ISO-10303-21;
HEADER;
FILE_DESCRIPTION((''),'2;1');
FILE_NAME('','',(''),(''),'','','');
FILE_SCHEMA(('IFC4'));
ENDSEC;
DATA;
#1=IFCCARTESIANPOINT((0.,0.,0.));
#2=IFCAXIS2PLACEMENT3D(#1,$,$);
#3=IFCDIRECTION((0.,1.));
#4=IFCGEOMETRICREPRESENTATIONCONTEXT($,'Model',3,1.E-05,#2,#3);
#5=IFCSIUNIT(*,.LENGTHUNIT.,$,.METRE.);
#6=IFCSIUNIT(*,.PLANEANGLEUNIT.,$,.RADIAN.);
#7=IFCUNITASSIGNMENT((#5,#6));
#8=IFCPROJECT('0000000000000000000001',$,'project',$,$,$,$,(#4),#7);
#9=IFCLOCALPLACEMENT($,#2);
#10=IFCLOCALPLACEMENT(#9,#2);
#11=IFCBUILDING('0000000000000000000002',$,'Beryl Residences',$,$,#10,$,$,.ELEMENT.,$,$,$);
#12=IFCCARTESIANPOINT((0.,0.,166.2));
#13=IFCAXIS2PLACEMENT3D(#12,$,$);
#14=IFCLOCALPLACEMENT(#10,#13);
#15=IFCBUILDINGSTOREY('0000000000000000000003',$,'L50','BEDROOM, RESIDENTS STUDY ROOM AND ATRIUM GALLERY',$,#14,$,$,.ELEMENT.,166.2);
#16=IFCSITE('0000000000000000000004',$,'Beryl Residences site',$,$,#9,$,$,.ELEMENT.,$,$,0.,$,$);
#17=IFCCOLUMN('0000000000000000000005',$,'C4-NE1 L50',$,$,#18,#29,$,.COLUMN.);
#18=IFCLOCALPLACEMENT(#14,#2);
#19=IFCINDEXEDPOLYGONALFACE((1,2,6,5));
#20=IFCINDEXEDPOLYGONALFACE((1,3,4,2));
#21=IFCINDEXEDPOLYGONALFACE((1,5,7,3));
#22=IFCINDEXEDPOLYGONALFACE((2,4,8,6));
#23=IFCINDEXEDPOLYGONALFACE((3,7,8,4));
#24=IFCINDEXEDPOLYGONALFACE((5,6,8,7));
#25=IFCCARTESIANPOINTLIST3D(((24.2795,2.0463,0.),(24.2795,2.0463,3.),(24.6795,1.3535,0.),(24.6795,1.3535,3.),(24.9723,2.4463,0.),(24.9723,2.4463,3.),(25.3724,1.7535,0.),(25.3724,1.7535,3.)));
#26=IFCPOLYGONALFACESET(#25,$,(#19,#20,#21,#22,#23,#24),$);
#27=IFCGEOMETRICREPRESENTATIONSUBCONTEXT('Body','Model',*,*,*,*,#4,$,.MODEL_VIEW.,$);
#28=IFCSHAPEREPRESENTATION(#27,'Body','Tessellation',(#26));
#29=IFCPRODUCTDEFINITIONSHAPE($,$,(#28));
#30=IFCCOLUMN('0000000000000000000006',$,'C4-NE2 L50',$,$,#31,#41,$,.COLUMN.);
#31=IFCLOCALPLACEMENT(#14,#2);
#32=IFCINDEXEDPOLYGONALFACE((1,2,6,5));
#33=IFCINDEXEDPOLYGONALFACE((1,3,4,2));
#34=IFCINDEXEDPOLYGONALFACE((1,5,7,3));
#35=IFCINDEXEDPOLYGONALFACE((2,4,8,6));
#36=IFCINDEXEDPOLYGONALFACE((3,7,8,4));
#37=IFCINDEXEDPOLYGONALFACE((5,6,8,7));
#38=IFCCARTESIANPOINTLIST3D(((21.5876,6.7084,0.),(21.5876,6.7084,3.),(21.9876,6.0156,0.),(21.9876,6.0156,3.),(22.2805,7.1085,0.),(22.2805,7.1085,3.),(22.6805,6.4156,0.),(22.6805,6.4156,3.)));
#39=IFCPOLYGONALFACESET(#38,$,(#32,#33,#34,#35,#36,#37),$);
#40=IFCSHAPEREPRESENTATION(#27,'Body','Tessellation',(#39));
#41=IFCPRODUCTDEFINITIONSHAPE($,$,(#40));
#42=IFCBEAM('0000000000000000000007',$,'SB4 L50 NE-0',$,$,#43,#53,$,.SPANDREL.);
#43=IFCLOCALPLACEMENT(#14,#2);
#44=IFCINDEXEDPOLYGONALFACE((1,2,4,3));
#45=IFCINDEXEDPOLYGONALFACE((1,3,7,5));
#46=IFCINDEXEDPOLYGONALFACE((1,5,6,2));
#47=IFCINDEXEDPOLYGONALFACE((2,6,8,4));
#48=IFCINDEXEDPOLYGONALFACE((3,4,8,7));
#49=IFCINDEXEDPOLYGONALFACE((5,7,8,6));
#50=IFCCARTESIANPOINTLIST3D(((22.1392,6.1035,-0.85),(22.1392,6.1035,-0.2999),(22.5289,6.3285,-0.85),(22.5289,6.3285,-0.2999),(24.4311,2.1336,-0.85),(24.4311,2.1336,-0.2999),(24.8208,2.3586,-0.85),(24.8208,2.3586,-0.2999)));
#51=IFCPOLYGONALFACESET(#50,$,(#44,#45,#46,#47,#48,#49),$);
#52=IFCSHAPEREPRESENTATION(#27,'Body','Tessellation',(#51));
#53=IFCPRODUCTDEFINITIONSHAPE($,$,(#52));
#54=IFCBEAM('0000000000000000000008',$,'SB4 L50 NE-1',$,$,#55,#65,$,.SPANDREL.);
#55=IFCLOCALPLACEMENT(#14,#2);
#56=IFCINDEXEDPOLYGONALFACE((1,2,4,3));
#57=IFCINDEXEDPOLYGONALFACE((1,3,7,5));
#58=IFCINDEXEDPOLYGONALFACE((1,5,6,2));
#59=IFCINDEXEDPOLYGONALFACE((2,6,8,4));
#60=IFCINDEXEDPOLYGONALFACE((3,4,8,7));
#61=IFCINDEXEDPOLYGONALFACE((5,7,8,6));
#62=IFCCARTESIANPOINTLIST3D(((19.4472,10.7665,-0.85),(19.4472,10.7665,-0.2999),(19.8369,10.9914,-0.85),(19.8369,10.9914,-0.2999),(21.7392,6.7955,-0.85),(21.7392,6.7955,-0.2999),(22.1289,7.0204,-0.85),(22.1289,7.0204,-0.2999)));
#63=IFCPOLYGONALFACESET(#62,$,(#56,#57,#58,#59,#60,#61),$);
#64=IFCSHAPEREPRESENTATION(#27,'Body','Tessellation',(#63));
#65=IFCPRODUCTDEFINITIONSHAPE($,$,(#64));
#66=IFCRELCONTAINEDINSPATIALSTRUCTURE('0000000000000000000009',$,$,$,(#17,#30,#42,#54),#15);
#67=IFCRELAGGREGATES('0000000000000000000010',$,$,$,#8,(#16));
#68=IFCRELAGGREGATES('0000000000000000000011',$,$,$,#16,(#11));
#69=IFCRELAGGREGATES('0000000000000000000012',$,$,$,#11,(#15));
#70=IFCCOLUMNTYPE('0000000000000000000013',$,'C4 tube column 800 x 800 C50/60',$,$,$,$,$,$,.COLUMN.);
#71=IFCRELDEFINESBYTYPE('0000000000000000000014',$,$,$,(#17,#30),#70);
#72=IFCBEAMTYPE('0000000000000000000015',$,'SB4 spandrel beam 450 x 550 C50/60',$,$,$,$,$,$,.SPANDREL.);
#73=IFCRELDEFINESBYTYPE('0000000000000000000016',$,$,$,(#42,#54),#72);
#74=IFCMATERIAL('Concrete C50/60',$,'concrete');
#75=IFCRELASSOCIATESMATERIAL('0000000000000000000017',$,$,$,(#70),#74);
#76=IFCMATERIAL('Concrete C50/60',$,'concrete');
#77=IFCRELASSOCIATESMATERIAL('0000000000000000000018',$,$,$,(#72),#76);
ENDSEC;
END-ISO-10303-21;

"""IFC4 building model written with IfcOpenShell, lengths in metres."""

from ifc_helpers import new_model, si_unit, direction, frame, origin, origin_2d, place, context, subcontext, project, spatial, rectangle, extrude, material, material_profile, profile_set, type_object, element, save


model = new_model("IFC4")

# Units and contexts
model_context = context("Model", 3, precision=1e-05, world=origin(), true_north=direction((0.0, 1.0)))
body_context = subcontext(model_context, "Body", "Model", "MODEL_VIEW")
ifc_project = project(units=[si_unit("LENGTHUNIT", "METRE"), si_unit("PLANEANGLEUNIT", "RADIAN")], contexts=[model_context])

# Site, building, storey
site_placement = place(None, origin())
site = spatial("IfcSite", under=ifc_project, at=site_placement, Name="Beryl Residences site", CompositionType="ELEMENT", RefElevation=0.0)
building_placement = place(site_placement, origin())
building = spatial("IfcBuilding", under=site, at=building_placement, Name="Beryl Residences", CompositionType="ELEMENT")
storey_placement = place(building_placement, frame((0.0, 0.0, 166.2)))
storey = spatial("IfcBuildingStorey", under=building, at=storey_placement, Name="L50", Description="BEDROOM, RESIDENTS STUDY ROOM AND ATRIUM GALLERY", CompositionType="ELEMENT", Elevation=166.2)

# Columns
ifc_material_1 = material(Name="Concrete C50/60", Category="concrete")
ifc_material_profile_1 = material_profile(ifc_material_1, rectangle(XDim=0.8, YDim=0.8, at=origin_2d()))
ifc_profile_set_1 = profile_set([ifc_material_profile_1], Name="Concrete C50/60")
column_type = type_object("IfcColumnType", Name="C4 tube column 800 x 800 C50/60", PredefinedType="COLUMN", material=ifc_profile_set_1)
for number, where, z_axis, x_axis, name in (
    (1, (24.8259, 1.8999, 0.0), (0.0, 0.0, 1.0), (-0.5, 0.866025, 0.0), "C4-NE1 L50"),
    (2, (22.134, 6.562, 0.0), (0.0, 0.0, 1.0), (-0.5, 0.866025, 0.0), "C4-NE2 L50"),
):
    element("IfcColumn", number, at=place(storey_placement, frame(where, z_axis=z_axis, x_axis=x_axis)), inside=storey, type_object=column_type, Name=name, PredefinedType="COLUMN", context=body_context, shape_type="SweptSolid", body=[
        extrude(rectangle(XDim=0.8, YDim=0.8, at=origin_2d()), origin(), (0.0, 0.0, 1.0), 3.0),
    ])

# Beams
ifc_material_2 = material(Name="Concrete C50/60", Category="concrete")
ifc_material_profile_2 = material_profile(ifc_material_2, rectangle(XDim=0.45, YDim=0.55, at=origin_2d()))
ifc_profile_set_2 = profile_set([ifc_material_profile_2], Name="Concrete C50/60")
beam_type = type_object("IfcBeamType", Name="SB4 spandrel beam 450 x 550 C50/60", PredefinedType="SPANDREL", material=ifc_profile_set_2)
beam_1_placement = place(storey_placement, frame((24.626, 2.2461, -0.575), z_axis=(-0.499988, 0.866032, 0.0), x_axis=(-0.866032, -0.499988, 0.0)))
element("IfcBeam", 3, at=beam_1_placement, inside=storey, type_object=beam_type, Name="SB4 L50 NE-0", PredefinedType="SPANDREL", context=body_context, shape_type="SweptSolid", body=[
    extrude(rectangle(XDim=0.45, YDim=0.55, at=origin_2d()), origin(), (0.0, 0.0, 1.0), 4.584),
])
beam_2_placement = place(storey_placement, frame((21.9341, 6.908, -0.575), z_axis=(-0.499896, 0.866085, 0.0), x_axis=(-0.866085, -0.499896, 0.0)))
element("IfcBeam", 4, at=beam_2_placement, inside=storey, type_object=beam_type, Name="SB4 L50 NE-1", PredefinedType="SPANDREL", context=body_context, shape_type="SweptSolid", body=[
    extrude(rectangle(XDim=0.45, YDim=0.55, at=origin_2d()), origin(), (0.0, 0.0, 1.0), 4.585),
])

save(model, "model.ifc")
